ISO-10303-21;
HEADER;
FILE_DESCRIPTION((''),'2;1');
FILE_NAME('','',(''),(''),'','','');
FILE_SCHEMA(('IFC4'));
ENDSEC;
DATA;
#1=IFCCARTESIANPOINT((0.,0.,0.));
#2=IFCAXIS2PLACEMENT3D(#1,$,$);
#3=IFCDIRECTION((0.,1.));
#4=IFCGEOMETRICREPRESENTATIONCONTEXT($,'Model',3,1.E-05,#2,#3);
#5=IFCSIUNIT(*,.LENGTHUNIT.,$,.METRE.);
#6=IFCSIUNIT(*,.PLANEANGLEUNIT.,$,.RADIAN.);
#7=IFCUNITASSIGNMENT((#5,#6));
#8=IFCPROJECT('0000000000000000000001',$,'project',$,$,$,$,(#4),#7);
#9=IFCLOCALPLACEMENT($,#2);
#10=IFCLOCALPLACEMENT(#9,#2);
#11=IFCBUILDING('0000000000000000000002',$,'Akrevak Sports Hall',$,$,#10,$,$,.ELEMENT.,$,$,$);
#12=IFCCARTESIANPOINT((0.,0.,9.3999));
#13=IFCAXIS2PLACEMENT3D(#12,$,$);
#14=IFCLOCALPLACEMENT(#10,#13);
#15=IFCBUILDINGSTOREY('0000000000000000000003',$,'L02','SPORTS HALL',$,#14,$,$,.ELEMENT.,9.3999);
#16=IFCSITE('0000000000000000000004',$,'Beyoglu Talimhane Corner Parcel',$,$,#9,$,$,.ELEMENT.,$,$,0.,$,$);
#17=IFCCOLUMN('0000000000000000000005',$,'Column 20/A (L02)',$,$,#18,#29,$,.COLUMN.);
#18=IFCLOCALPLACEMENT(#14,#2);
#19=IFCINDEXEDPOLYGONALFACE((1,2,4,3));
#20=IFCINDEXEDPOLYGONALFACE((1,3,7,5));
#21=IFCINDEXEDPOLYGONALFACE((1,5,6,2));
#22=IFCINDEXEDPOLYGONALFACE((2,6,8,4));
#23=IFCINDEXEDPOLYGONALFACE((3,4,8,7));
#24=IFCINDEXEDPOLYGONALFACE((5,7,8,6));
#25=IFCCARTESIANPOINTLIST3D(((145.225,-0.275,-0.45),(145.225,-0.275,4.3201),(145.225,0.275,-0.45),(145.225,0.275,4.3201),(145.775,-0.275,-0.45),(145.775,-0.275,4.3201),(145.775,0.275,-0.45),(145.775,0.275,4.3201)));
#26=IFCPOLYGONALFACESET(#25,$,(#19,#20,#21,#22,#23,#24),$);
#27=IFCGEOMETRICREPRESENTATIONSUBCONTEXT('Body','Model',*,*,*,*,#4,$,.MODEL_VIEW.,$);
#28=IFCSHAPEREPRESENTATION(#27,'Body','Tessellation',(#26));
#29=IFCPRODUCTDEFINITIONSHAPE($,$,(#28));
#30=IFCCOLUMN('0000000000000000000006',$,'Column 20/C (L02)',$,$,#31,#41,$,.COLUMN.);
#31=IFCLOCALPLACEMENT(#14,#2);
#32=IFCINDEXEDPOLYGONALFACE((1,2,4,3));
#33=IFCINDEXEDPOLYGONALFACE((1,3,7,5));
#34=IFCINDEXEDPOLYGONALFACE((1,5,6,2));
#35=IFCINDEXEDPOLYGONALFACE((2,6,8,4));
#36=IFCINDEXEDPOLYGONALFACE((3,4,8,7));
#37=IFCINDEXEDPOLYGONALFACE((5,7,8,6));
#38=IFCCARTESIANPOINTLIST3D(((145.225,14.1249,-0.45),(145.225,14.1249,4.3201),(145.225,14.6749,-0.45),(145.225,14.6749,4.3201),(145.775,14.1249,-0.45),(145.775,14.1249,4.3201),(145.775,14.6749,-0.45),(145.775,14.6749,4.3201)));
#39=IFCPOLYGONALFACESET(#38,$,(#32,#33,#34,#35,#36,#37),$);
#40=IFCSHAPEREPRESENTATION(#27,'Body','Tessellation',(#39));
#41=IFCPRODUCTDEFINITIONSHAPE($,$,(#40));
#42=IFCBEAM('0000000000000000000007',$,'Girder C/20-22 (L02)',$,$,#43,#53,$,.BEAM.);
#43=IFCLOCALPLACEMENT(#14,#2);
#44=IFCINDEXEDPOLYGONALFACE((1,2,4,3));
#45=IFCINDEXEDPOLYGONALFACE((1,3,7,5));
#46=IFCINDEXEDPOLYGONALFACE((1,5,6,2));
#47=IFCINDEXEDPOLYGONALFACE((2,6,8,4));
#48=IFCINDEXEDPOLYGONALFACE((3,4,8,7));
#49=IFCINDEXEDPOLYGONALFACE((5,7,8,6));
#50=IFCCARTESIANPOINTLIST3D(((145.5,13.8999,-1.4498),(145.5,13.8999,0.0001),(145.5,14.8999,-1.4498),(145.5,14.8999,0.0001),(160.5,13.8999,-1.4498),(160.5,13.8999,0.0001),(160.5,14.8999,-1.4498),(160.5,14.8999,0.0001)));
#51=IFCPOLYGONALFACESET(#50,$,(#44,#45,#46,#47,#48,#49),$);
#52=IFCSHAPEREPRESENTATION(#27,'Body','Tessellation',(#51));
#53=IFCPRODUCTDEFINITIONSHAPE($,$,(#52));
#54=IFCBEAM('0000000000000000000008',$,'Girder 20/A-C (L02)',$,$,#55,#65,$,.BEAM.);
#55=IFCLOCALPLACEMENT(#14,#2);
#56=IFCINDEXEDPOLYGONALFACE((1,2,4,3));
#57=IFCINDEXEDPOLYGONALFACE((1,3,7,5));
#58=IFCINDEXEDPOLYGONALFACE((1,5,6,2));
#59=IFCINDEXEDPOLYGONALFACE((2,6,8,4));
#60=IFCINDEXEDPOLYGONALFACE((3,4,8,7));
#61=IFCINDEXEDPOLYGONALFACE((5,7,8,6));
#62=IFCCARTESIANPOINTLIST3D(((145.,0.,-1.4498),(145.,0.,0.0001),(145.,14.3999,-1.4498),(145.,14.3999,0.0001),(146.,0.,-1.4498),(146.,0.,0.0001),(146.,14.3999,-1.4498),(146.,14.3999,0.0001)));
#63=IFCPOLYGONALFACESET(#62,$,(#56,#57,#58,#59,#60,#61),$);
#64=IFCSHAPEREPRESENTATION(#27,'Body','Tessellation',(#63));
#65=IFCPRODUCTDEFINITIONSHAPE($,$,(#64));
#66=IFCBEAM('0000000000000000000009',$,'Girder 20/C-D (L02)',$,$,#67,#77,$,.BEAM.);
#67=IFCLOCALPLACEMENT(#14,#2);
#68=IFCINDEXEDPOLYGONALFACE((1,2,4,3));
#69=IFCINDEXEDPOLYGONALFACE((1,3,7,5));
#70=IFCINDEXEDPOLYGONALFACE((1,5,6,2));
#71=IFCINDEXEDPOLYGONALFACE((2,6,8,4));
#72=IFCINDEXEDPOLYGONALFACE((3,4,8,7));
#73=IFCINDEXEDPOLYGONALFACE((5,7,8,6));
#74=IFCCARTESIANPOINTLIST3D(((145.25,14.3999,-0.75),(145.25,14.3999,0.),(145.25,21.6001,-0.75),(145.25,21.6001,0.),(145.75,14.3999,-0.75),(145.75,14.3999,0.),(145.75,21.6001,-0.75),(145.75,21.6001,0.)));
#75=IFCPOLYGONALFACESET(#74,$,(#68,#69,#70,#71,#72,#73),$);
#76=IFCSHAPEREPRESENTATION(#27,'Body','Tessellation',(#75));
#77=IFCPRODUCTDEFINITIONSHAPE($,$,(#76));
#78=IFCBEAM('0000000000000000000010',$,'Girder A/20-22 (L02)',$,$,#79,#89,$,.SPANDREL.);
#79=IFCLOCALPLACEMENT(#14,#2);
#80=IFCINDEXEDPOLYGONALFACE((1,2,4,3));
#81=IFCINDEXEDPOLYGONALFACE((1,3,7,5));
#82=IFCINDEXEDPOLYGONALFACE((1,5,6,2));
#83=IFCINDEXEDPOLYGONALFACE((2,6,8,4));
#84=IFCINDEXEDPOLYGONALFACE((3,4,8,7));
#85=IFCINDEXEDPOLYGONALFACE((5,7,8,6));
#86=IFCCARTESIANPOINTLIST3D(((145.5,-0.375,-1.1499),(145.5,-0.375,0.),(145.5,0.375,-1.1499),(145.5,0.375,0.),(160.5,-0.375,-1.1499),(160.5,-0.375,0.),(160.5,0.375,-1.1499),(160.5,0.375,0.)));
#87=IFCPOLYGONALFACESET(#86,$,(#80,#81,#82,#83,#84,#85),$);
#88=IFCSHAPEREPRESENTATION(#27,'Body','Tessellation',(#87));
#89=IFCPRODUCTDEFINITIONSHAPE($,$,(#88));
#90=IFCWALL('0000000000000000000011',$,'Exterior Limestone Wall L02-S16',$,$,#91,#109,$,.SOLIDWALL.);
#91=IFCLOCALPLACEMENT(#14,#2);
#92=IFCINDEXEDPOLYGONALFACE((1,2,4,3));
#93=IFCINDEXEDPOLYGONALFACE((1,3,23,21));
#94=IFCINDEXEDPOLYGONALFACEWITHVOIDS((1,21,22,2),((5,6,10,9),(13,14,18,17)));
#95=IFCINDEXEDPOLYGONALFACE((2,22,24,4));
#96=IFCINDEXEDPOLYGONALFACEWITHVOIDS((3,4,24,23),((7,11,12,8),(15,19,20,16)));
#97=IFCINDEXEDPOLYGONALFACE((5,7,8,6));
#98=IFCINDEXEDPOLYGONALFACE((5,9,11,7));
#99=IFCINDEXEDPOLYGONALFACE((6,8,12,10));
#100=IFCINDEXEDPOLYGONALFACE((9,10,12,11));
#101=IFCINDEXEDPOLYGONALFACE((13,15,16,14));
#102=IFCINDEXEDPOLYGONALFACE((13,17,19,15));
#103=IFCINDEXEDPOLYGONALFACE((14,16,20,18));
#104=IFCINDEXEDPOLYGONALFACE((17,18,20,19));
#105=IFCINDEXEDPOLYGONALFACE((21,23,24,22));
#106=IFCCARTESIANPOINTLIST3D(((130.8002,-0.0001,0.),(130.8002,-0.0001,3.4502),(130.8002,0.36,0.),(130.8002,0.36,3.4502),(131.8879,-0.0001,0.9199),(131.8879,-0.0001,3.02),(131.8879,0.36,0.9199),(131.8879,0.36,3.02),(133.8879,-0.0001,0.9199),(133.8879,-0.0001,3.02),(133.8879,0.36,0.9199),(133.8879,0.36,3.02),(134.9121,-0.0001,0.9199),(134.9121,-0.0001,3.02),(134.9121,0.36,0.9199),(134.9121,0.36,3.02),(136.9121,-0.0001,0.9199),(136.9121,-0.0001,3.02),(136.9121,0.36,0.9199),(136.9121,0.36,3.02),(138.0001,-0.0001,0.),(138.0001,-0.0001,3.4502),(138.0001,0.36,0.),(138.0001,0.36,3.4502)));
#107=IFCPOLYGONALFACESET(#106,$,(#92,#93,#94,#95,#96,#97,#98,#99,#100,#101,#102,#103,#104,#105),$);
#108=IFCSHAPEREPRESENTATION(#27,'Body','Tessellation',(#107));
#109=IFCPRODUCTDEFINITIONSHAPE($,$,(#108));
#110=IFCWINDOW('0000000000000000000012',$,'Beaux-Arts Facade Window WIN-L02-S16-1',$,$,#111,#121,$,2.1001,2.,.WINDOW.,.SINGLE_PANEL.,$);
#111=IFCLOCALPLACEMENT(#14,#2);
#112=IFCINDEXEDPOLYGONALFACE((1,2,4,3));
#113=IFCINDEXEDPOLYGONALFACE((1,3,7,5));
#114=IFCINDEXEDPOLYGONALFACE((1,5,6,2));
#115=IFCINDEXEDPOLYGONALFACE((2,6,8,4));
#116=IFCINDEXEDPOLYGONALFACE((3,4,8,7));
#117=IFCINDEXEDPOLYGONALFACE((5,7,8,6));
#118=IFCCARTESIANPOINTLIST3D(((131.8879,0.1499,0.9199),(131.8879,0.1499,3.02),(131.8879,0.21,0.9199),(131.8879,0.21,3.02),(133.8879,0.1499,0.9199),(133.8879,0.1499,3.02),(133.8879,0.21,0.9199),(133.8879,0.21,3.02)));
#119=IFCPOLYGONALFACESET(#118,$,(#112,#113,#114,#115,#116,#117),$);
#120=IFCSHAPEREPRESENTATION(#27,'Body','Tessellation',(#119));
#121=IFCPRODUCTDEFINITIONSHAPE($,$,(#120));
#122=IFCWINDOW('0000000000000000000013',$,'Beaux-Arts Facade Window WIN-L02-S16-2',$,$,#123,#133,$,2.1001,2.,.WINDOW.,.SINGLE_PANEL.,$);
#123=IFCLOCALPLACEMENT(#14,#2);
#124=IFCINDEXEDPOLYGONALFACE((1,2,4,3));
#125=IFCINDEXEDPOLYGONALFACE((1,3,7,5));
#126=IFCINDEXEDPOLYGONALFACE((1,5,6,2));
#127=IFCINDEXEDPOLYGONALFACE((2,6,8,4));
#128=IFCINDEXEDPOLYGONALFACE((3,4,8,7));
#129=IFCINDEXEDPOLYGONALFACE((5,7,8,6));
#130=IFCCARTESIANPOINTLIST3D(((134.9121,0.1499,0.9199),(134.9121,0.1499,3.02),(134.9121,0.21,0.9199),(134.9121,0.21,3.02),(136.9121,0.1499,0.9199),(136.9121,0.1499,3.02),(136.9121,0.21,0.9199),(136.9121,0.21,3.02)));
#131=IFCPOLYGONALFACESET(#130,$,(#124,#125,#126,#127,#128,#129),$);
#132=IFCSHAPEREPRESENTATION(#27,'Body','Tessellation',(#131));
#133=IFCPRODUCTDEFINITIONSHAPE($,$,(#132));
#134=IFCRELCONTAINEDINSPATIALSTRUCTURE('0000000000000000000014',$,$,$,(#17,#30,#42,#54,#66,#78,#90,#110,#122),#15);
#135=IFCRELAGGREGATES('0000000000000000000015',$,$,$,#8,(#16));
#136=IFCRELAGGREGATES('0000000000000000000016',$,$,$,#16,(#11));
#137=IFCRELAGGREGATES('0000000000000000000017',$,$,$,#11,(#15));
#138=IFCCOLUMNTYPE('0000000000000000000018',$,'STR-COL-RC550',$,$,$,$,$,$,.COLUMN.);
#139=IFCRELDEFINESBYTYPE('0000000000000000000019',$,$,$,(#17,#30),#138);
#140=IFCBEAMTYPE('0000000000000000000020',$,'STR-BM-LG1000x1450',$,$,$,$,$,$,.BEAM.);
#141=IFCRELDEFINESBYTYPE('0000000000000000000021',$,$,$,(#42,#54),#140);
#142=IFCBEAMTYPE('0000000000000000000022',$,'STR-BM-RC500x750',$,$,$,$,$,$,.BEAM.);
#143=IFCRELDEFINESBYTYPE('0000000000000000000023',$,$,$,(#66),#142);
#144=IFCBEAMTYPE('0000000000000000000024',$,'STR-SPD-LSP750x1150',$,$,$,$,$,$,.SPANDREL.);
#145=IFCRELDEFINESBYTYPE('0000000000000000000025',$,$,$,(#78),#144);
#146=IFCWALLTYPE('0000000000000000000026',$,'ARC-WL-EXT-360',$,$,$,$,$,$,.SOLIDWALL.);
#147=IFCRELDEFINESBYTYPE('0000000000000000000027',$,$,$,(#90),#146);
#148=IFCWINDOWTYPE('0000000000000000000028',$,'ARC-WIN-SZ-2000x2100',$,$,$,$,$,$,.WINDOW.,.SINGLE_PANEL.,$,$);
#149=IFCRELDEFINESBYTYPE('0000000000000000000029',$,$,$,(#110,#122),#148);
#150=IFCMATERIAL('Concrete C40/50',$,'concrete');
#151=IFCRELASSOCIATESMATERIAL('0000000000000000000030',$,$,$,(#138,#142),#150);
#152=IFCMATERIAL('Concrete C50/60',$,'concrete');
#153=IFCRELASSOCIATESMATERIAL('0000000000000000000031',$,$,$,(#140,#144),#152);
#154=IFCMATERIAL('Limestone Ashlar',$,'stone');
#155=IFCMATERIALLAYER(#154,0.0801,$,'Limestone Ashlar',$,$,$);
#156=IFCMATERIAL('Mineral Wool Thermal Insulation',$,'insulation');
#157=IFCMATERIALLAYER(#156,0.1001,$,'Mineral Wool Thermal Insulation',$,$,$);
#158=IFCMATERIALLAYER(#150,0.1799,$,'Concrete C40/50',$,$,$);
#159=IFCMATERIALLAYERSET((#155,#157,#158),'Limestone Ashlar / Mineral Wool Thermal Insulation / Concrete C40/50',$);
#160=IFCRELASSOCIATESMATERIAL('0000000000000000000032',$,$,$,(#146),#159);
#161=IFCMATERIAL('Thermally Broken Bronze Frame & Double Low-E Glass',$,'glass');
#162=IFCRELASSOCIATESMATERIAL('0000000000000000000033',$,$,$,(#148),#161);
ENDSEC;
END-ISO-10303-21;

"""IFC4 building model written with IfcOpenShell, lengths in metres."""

from ifc_helpers import new_model, si_unit, direction, frame, frame_2d, origin, origin_2d, place, context, subcontext, project, spatial, rectangle, extrude, material, layer, layer_set, material_profile, profile_set, type_object, element, fill, save


model = new_model("IFC4")

# Units and contexts
model_context = context("Model", 3, precision=1e-05, world=origin(), true_north=direction((0.0, 1.0)))
body_context = subcontext(model_context, "Body", "Model", "MODEL_VIEW")
ifc_project = project(units=[si_unit("LENGTHUNIT", "METRE"), si_unit("PLANEANGLEUNIT", "RADIAN")], contexts=[model_context])

# Site, building, storey
site_placement = place(None, origin())
site = spatial("IfcSite", under=ifc_project, at=site_placement, Name="Beyoglu Talimhane Corner Parcel", CompositionType="ELEMENT", RefElevation=0.0)
building_placement = place(site_placement, origin())
building = spatial("IfcBuilding", under=site, at=building_placement, Name="Akrevak Sports Hall", CompositionType="ELEMENT")
storey_placement = place(building_placement, frame((0.0, 0.0, 9.3999)))
storey = spatial("IfcBuildingStorey", under=building, at=storey_placement, Name="L02", Description="SPORTS HALL", CompositionType="ELEMENT", Elevation=9.3999)

# Columns
ifc_material_1 = material(Name="Concrete C40/50", Category="concrete")
ifc_material_profile_1 = material_profile(ifc_material_1, rectangle(XDim=0.55, YDim=0.55, at=origin_2d()), Name="RC 550x550", Category="concrete")
ifc_profile_set_1 = profile_set([ifc_material_profile_1], Name="Concrete C40/50")
column_type = type_object("IfcColumnType", Name="STR-COL-RC550", PredefinedType="COLUMN", material=ifc_profile_set_1)
for number, where, z_axis, x_axis, name in (
    (1, (145.5, 0.0, -0.45), (0.0, 0.0, 1.0), (1.0, 0.0, 0.0), "Column 20/A (L02)"),
    (2, (145.5, 14.3999, -0.45), (0.0, 0.0, 1.0), (1.0, 0.0, 0.0), "Column 20/C (L02)"),
):
    element("IfcColumn", number, at=place(storey_placement, frame(where, z_axis=z_axis, x_axis=x_axis)), inside=storey, type_object=column_type, Name=name, PredefinedType="COLUMN", context=body_context, shape_type="SweptSolid", body=[
        extrude(rectangle(XDim=0.55, YDim=0.55, at=origin_2d()), origin(), (0.0, 0.0, 1.0), 4.77),
    ])

# Beams
ifc_material_2 = material(Name="Concrete C50/60", Category="concrete")
ifc_material_profile_2 = material_profile(ifc_material_2, rectangle(XDim=1.0, YDim=1.45, at=origin_2d()), Name="BM 1000x1450", Category="concrete")
ifc_profile_set_2 = profile_set([ifc_material_profile_2], Name="Concrete C50/60")
beam_type_1 = type_object("IfcBeamType", Name="STR-BM-LG1000x1450", PredefinedType="BEAM", material=ifc_profile_set_2)
beam_1_placement = place(storey_placement, frame((145.5, 14.3999, -0.7249), z_axis=(1.0, 0.0, 0.0), x_axis=(0.0, 1.0, 0.0)))
element("IfcBeam", 3, at=beam_1_placement, inside=storey, type_object=beam_type_1, Name="Girder C/20-22 (L02)", PredefinedType="BEAM", context=body_context, shape_type="SweptSolid", body=[
    extrude(rectangle(XDim=1.0, YDim=1.45, at=origin_2d()), origin(), (0.0, 0.0, 1.0), 15.0),
])
beam_2_placement = place(storey_placement, frame((145.5, 0.0, -0.7249), z_axis=(0.0, 1.0, 0.0), x_axis=(-1.0, 0.0, 0.0)))
element("IfcBeam", 4, at=beam_2_placement, inside=storey, type_object=beam_type_1, Name="Girder 20/A-C (L02)", PredefinedType="BEAM", context=body_context, shape_type="SweptSolid", body=[
    extrude(rectangle(XDim=1.0, YDim=1.45, at=origin_2d()), origin(), (0.0, 0.0, 1.0), 14.3999),
])
ifc_material_profile_3 = material_profile(ifc_material_1, rectangle(XDim=0.5, YDim=0.75, at=origin_2d()), Name="BM 500x750", Category="concrete")
ifc_profile_set_3 = profile_set([ifc_material_profile_3], Name="Concrete C40/50")
beam_type_2 = type_object("IfcBeamType", Name="STR-BM-RC500x750", PredefinedType="BEAM", material=ifc_profile_set_3)
beam_3_placement = place(storey_placement, frame((145.5, 14.3999, -0.375), z_axis=(0.0, 1.0, 0.0), x_axis=(-1.0, 0.0, 0.0)))
element("IfcBeam", 5, at=beam_3_placement, inside=storey, type_object=beam_type_2, Name="Girder 20/C-D (L02)", PredefinedType="BEAM", context=body_context, shape_type="SweptSolid", body=[
    extrude(rectangle(XDim=0.5, YDim=0.75, at=origin_2d()), origin(), (0.0, 0.0, 1.0), 7.2002),
])
ifc_material_profile_4 = material_profile(ifc_material_2, rectangle(XDim=0.75, YDim=1.1499, at=origin_2d()), Name="SPD 750x1150", Category="concrete")
ifc_profile_set_4 = profile_set([ifc_material_profile_4], Name="Concrete C50/60")
beam_type_3 = type_object("IfcBeamType", Name="STR-SPD-LSP750x1150", PredefinedType="SPANDREL", material=ifc_profile_set_4)
beam_4_placement = place(storey_placement, frame((145.5, 0.0, -0.575), z_axis=(1.0, 0.0, 0.0), x_axis=(0.0, 1.0, 0.0)))
element("IfcBeam", 6, at=beam_4_placement, inside=storey, type_object=beam_type_3, Name="Girder A/20-22 (L02)", PredefinedType="SPANDREL", context=body_context, shape_type="SweptSolid", body=[
    extrude(rectangle(XDim=0.75, YDim=1.1499, at=origin_2d()), origin(), (0.0, 0.0, 1.0), 15.0),
])

# Wall, openings, windows
ifc_material_3 = material(Name="Limestone Ashlar", Category="stone")
ifc_layer_1 = layer(ifc_material_3, 0.0801, Name="Limestone Ashlar")
ifc_material_4 = material(Name="Mineral Wool Thermal Insulation", Category="insulation")
ifc_layer_2 = layer(ifc_material_4, 0.1001, Name="Mineral Wool Thermal Insulation")
ifc_layer_3 = layer(ifc_material_1, 0.1799, Name="Concrete C40/50")
ifc_layer_set_1 = layer_set([ifc_layer_1, ifc_layer_2, ifc_layer_3], Name="Limestone Ashlar / Mineral Wool Thermal Insulation / Concrete C40/50")
wall_type_1 = type_object("IfcWallType", Name="ARC-WL-EXT-360", PredefinedType="SOLIDWALL", material=ifc_layer_set_1)
wall_1_placement = place(storey_placement, frame((130.8, 0.1799, 0.0), z_axis=(0.0, 0.0, 1.0), x_axis=(1.0, 0.0, 0.0)))
wall_1 = element("IfcWall", 7, at=wall_1_placement, inside=storey, type_object=wall_type_1, Name="Exterior Limestone Wall L02-S16", PredefinedType="SOLIDWALL", context=body_context, shape_type="SweptSolid", body=[
    extrude(rectangle(XDim=7.2, YDim=0.3601, at=frame_2d((3.6001, 0.0))), origin(), (0.0, 0.0, 1.0), 3.4502),
])
opening_1_placement = place(wall_1_placement, frame((1.0879, 0.0, 0.9199)))
opening_1 = element("IfcOpeningElement", 8, at=opening_1_placement, cuts=wall_1, PredefinedType="OPENING", context=body_context, shape_type="SweptSolid", body=[
    extrude(rectangle(XDim=2.0, YDim=2.1001, at=frame_2d((1.0, 1.05))), frame((0.0, 0.1919, 0.0), z_axis=(0.0, -1.0, 0.0), x_axis=(1.0, 0.0, 0.0)), (0.0, 0.0, 1.0), 0.384),
])
opening_2_placement = place(wall_1_placement, frame((4.1121, 0.0, 0.9199)))
opening_2 = element("IfcOpeningElement", 9, at=opening_2_placement, cuts=wall_1, PredefinedType="OPENING", context=body_context, shape_type="SweptSolid", body=[
    extrude(rectangle(XDim=2.0, YDim=2.1001, at=frame_2d((1.0, 1.05))), frame((0.0, 0.1919, 0.0), z_axis=(0.0, -1.0, 0.0), x_axis=(1.0, 0.0, 0.0)), (0.0, 0.0, 1.0), 0.384),
])
ifc_material_5 = material(Name="Thermally Broken Bronze Frame & Double Low-E Glass", Category="glass")
window_type_1 = type_object("IfcWindowType", Name="ARC-WIN-SZ-2000x2100", PartitioningType="SINGLE_PANEL", PredefinedType="WINDOW", material=ifc_material_5)
window_1_placement = place(opening_1_placement, origin())
window_1 = element("IfcWindow", 10, at=window_1_placement, inside=storey, type_object=window_type_1, Name="Beaux-Arts Facade Window WIN-L02-S16-1", OverallHeight=2.1001, OverallWidth=2.0, PartitioningType="SINGLE_PANEL", PredefinedType="WINDOW", context=body_context, shape_type="SweptSolid", body=[
    extrude(rectangle(XDim=2.0, YDim=2.1001, at=frame_2d((1.0, 1.05))), frame((0.0, 0.03, 0.0), z_axis=(0.0, -1.0, 0.0), x_axis=(1.0, 0.0, 0.0)), (0.0, 0.0, 1.0), 0.0601),
])
fill(opening_1, window_1)
window_2_placement = place(opening_2_placement, origin())
window_2 = element("IfcWindow", 11, at=window_2_placement, inside=storey, type_object=window_type_1, Name="Beaux-Arts Facade Window WIN-L02-S16-2", OverallHeight=2.1001, OverallWidth=2.0, PartitioningType="SINGLE_PANEL", PredefinedType="WINDOW", context=body_context, shape_type="SweptSolid", body=[
    extrude(rectangle(XDim=2.0, YDim=2.1001, at=frame_2d((1.0, 1.05))), frame((0.0, 0.03, 0.0), z_axis=(0.0, -1.0, 0.0), x_axis=(1.0, 0.0, 0.0)), (0.0, 0.0, 1.0), 0.0601),
])
fill(opening_2, window_2)

save(model, "model.ifc")
